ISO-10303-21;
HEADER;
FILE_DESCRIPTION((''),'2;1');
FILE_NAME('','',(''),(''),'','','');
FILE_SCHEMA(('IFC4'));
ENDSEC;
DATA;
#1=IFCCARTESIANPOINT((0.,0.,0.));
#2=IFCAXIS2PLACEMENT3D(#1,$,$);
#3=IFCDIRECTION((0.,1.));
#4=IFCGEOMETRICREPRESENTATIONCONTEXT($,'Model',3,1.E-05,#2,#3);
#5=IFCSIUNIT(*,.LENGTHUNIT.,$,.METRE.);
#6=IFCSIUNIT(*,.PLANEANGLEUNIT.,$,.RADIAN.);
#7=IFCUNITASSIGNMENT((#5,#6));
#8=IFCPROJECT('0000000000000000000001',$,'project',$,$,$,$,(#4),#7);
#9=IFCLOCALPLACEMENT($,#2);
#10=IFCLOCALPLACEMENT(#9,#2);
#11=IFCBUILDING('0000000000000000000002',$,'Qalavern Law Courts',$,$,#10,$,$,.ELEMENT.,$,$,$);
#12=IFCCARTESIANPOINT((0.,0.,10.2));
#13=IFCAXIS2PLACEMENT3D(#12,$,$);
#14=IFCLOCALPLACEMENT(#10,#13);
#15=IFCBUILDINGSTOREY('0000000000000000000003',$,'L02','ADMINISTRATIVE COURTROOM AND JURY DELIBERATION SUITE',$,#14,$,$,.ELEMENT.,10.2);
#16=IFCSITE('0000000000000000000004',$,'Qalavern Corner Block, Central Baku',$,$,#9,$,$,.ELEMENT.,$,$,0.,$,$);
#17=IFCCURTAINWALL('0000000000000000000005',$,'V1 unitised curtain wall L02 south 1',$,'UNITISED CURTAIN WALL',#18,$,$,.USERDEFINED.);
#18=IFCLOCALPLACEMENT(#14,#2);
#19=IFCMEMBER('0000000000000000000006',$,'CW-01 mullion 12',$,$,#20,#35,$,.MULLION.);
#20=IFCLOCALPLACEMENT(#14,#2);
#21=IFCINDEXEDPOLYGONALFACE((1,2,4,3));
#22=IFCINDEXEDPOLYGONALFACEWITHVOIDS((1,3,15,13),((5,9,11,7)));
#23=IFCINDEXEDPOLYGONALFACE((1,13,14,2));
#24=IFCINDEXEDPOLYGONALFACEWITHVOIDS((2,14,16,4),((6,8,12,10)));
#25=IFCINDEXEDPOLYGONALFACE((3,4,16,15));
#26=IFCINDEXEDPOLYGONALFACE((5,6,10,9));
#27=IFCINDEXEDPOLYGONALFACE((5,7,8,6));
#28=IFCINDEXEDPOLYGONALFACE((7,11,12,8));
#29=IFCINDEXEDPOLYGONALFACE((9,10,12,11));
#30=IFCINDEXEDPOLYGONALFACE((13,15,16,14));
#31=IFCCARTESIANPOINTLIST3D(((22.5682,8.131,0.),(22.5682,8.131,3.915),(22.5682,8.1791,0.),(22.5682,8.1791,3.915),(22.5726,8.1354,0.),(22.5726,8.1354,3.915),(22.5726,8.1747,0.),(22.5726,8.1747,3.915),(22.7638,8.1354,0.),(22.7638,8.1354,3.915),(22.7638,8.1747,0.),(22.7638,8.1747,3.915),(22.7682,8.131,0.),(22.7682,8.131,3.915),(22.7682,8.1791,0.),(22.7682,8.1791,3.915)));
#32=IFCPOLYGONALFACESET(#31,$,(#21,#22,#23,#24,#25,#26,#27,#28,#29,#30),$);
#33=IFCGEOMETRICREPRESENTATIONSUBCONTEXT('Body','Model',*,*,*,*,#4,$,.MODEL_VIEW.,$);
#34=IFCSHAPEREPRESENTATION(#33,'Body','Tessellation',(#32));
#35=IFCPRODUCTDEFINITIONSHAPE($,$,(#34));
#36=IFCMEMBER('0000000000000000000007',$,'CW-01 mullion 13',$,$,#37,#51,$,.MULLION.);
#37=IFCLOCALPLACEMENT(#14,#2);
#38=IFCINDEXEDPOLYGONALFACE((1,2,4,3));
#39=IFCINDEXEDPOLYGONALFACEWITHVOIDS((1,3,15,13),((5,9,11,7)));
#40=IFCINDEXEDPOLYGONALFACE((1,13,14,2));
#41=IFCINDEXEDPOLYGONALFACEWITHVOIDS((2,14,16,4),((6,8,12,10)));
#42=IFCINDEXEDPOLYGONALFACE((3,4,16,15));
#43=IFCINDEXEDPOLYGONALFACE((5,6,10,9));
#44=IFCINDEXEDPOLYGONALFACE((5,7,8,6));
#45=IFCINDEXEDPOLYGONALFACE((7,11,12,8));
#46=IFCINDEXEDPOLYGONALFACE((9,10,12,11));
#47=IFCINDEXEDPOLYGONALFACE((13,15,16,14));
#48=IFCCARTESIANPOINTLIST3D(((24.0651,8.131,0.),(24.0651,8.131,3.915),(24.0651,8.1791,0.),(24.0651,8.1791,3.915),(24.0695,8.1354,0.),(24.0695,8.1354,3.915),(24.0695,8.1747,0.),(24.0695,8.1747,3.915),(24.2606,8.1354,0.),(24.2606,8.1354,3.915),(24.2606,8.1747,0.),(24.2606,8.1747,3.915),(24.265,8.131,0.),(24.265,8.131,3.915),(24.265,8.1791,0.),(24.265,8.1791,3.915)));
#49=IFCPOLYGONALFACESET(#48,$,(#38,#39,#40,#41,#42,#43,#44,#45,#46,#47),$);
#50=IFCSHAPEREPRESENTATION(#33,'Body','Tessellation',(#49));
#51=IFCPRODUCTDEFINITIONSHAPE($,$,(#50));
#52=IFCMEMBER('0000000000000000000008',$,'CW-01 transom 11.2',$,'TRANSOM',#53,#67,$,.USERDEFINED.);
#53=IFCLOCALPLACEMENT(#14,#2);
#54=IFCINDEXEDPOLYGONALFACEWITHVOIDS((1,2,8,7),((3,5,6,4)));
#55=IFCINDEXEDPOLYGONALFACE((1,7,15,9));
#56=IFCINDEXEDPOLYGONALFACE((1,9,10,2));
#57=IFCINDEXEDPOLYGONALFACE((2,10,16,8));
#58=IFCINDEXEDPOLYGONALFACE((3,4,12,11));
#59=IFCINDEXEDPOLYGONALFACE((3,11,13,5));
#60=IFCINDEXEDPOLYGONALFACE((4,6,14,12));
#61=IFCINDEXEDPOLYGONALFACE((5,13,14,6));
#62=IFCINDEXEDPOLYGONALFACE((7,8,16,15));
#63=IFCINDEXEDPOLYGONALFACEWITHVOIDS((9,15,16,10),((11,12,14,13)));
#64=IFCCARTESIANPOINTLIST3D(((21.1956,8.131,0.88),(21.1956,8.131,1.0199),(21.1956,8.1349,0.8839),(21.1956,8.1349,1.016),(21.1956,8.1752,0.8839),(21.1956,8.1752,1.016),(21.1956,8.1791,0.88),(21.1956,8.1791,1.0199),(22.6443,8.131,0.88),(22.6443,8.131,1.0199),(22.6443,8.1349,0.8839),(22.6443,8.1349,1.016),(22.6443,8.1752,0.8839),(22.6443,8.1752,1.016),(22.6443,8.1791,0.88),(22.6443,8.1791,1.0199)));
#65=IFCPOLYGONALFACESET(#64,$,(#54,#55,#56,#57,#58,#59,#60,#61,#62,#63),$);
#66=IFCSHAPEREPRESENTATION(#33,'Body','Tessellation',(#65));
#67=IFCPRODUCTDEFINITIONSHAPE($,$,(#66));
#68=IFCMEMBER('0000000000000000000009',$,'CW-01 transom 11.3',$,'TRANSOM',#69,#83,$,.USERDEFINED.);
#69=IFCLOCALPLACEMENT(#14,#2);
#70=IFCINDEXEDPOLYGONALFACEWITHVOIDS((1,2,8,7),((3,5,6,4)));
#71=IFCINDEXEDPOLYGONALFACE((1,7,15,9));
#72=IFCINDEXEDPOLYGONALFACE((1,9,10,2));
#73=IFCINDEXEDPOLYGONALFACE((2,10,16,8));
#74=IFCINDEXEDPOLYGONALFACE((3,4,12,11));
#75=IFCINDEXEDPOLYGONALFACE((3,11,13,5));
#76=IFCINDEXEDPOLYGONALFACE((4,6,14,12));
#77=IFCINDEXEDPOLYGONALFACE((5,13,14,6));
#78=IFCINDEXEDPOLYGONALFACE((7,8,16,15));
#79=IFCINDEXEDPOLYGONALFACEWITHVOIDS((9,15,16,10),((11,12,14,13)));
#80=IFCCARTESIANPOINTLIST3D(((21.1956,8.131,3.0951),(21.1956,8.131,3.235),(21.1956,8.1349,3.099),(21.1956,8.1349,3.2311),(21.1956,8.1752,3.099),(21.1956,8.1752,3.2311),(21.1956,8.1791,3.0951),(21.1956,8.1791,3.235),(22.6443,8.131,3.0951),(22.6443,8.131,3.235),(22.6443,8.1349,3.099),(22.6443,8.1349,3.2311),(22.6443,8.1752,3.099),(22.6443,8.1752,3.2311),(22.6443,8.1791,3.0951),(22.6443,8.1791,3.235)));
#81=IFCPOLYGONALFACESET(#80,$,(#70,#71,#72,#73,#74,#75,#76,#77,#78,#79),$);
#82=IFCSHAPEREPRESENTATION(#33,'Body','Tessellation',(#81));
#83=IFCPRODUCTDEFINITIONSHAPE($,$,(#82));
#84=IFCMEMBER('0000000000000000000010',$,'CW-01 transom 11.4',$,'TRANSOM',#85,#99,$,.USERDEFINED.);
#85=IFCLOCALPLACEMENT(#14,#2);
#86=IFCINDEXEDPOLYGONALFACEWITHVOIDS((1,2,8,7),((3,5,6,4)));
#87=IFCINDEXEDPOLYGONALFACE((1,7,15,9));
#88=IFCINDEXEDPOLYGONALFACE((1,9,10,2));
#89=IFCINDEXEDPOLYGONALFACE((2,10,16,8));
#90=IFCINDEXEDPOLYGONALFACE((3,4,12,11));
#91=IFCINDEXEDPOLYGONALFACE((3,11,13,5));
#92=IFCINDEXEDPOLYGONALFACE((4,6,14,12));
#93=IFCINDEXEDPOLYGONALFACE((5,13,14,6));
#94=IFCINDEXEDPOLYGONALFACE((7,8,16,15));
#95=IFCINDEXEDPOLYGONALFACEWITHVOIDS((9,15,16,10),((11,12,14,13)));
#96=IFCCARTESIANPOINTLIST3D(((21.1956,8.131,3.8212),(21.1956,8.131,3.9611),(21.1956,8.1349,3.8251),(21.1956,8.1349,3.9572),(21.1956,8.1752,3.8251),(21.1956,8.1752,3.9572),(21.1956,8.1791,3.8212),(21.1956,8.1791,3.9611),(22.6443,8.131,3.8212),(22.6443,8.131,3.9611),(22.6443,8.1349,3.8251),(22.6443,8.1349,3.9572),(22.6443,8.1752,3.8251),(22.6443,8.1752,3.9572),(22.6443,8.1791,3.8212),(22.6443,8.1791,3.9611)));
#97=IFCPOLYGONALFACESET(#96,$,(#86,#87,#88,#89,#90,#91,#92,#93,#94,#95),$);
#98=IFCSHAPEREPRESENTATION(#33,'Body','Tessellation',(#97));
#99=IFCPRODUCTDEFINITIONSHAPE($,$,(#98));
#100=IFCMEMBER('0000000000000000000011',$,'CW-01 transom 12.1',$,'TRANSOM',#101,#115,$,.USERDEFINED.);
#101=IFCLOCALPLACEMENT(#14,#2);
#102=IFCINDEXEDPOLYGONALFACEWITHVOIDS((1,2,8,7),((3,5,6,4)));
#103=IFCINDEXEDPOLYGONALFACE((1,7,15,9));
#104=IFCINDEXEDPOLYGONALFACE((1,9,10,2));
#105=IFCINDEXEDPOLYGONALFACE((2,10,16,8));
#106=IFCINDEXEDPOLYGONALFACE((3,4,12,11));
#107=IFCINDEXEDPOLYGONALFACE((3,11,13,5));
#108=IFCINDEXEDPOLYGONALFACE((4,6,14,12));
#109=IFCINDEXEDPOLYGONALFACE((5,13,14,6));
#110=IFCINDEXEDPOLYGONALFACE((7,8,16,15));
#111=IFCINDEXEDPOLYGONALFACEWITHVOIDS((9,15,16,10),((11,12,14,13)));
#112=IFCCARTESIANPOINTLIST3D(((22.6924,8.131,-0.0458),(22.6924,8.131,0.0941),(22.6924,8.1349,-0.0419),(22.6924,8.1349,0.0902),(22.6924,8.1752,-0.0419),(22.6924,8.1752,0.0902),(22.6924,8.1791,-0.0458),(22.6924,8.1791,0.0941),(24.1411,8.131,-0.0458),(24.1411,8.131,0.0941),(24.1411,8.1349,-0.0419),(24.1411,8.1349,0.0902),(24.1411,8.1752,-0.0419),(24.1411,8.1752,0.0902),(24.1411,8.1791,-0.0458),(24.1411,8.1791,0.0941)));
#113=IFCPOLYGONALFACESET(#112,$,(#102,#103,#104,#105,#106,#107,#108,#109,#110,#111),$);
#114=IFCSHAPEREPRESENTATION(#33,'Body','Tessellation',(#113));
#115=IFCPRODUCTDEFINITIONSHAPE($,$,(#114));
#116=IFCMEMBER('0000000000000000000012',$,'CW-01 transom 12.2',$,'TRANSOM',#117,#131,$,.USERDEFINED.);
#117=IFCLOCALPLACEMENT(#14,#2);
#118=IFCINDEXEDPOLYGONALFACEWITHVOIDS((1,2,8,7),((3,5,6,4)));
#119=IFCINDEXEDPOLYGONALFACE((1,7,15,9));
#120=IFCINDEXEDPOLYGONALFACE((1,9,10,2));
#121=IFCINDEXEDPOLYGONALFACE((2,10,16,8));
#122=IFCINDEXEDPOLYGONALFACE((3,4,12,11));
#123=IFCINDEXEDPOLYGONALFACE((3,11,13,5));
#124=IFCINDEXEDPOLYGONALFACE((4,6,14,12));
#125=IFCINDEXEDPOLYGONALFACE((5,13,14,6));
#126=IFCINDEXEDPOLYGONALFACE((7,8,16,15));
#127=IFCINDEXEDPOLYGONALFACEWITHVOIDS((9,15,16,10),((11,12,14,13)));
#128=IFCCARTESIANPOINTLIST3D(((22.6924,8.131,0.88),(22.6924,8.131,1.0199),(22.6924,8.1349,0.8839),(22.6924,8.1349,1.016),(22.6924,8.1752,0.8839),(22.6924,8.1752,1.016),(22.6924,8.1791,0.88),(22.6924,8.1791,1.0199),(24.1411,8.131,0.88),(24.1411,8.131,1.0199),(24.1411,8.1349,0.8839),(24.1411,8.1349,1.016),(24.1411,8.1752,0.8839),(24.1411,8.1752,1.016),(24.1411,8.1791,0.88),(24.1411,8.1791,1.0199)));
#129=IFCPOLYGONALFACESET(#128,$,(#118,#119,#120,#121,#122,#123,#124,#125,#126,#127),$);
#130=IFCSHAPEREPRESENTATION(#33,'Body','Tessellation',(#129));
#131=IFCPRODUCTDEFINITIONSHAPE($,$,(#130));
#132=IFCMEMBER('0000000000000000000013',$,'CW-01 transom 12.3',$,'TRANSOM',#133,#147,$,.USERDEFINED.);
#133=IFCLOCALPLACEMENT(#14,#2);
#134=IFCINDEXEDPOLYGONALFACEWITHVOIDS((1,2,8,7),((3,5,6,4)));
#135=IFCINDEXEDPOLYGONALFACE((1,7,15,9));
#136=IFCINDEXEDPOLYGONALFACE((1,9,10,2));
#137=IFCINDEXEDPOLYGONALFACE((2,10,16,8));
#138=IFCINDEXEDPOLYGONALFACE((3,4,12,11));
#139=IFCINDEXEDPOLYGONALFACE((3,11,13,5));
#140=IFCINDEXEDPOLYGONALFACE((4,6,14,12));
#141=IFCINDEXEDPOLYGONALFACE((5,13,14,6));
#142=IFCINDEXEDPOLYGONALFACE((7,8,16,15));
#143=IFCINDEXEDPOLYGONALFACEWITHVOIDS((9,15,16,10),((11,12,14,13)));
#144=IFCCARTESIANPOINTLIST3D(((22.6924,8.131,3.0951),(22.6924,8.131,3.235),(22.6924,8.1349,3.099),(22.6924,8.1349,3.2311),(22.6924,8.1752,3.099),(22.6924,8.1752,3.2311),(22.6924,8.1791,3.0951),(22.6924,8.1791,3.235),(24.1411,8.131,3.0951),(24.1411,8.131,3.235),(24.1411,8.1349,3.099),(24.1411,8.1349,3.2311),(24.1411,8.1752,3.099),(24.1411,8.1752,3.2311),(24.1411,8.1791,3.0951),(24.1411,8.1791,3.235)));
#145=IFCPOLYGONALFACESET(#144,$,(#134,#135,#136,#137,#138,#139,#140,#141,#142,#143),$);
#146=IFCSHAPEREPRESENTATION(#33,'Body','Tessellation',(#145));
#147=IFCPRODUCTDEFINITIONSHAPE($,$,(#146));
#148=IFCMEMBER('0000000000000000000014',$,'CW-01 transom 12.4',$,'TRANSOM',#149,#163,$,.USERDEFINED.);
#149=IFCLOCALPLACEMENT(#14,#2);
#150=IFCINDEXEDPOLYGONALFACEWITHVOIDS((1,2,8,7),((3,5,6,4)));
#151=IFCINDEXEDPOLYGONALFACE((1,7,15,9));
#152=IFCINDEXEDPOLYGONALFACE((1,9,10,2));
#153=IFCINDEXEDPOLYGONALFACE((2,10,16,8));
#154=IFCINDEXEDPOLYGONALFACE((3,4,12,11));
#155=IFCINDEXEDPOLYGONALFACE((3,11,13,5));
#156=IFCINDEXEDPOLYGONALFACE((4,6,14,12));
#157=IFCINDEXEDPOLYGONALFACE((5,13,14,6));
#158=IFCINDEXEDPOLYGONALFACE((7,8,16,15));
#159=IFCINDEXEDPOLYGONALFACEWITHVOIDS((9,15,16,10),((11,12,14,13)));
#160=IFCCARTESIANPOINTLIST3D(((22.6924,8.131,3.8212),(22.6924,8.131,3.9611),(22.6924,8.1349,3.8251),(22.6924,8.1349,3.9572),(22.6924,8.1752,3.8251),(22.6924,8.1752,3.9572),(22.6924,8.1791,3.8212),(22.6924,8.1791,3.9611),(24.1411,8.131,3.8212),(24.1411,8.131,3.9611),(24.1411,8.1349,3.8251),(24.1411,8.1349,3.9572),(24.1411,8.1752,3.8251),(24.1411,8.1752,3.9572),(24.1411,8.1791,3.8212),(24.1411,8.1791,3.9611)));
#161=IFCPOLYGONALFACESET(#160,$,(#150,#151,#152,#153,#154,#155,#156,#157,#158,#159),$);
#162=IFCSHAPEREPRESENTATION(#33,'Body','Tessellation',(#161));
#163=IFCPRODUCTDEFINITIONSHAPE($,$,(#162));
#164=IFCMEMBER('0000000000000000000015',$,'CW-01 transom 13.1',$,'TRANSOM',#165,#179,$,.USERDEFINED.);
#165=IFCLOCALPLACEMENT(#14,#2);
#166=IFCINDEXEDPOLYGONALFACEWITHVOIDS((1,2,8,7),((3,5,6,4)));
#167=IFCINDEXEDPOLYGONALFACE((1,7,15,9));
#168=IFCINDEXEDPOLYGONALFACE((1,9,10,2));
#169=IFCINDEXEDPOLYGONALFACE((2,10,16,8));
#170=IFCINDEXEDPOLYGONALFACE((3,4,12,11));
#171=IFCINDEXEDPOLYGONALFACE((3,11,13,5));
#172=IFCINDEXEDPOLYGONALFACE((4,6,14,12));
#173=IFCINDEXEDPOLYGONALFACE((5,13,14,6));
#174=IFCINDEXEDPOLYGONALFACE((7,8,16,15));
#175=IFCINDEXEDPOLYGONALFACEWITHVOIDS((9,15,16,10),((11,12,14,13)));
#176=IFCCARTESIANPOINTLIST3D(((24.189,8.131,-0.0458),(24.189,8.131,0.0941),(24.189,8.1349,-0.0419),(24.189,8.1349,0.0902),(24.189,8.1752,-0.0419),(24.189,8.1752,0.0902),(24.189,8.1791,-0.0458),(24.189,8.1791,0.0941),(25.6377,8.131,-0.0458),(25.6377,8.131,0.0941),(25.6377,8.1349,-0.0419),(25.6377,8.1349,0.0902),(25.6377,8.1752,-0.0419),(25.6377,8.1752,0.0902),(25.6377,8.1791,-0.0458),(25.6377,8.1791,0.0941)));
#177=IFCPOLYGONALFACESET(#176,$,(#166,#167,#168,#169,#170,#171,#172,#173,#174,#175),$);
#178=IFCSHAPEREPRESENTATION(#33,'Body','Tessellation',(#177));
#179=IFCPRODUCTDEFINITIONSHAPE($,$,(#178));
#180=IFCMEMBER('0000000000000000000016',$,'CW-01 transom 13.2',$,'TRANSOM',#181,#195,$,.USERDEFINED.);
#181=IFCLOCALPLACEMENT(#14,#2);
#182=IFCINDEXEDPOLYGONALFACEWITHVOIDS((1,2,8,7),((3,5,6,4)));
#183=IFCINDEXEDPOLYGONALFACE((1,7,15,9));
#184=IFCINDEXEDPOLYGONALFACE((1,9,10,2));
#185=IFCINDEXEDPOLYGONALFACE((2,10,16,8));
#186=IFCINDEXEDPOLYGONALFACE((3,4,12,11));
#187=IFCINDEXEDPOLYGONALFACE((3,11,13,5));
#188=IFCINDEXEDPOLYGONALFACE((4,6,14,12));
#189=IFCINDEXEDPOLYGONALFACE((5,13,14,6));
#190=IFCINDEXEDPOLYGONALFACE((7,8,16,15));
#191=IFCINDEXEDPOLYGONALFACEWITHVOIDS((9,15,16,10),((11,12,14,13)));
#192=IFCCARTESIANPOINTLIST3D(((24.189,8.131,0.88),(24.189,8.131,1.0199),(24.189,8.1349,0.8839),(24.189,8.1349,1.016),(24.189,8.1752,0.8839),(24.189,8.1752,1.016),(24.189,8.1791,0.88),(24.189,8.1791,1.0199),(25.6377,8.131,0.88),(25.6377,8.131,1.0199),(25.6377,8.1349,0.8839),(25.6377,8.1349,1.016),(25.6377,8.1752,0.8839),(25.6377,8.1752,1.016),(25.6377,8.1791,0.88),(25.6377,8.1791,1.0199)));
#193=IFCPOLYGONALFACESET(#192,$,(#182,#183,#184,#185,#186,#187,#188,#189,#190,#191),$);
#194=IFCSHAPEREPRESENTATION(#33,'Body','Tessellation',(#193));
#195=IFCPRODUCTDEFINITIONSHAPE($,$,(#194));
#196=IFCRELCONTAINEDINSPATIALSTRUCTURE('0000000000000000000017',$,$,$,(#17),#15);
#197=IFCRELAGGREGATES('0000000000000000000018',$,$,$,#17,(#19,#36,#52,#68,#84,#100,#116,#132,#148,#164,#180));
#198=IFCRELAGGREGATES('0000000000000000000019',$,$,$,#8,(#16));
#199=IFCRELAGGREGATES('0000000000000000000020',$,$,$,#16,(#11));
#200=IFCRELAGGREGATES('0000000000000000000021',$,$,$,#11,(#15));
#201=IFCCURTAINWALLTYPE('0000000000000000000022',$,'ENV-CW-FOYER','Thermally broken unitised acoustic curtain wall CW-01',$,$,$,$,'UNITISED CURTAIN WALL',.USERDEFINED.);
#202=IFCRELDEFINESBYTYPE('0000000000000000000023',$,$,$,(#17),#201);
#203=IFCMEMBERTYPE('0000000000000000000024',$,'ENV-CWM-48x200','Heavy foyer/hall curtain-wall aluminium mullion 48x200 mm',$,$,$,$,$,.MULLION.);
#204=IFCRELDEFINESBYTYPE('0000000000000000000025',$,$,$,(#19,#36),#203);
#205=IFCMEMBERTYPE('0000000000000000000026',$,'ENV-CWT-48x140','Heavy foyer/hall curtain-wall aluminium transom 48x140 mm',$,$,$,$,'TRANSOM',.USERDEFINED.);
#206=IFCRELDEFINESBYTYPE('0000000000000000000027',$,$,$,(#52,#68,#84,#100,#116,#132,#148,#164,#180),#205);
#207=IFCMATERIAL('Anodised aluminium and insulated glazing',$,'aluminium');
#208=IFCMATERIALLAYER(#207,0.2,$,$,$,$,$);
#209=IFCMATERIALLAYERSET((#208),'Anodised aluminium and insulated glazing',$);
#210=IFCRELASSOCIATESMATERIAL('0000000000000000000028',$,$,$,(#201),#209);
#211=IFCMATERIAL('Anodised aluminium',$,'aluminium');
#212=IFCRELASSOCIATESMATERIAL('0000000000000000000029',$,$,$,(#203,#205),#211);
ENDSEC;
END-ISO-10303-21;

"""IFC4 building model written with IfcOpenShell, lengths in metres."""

from ifc_helpers import new_model, si_unit, direction, frame, origin, origin_2d, place, context, subcontext, project, spatial, hollow_rectangle, extrude, material, layer, layer_set, material_profile, profile_set, type_object, element, aggregate, save


model = new_model("IFC4")

# Units and contexts
model_context = context("Model", 3, precision=1e-05, world=origin(), true_north=direction((0.0, 1.0)))
body_context = subcontext(model_context, "Body", "Model", "MODEL_VIEW")
ifc_project = project(units=[si_unit("LENGTHUNIT", "METRE"), si_unit("PLANEANGLEUNIT", "RADIAN")], contexts=[model_context])

# Site, building, storey
site_placement = place(None, origin())
site = spatial("IfcSite", under=ifc_project, at=site_placement, Name="Qalavern Corner Block, Central Baku", CompositionType="ELEMENT", RefElevation=0.0)
building_placement = place(site_placement, origin())
building = spatial("IfcBuilding", under=site, at=building_placement, Name="Qalavern Law Courts", CompositionType="ELEMENT")
storey_placement = place(building_placement, frame((0.0, 0.0, 10.2)))
storey = spatial("IfcBuildingStorey", under=building, at=storey_placement, Name="L02", Description="ADMINISTRATIVE COURTROOM AND JURY DELIBERATION SUITE", CompositionType="ELEMENT", Elevation=10.2)

# Curtain wall, members
ifc_material_1 = material(Name="Anodised aluminium and insulated glazing", Category="aluminium")
ifc_layer_1 = layer(ifc_material_1, 0.2)
ifc_layer_set_1 = layer_set([ifc_layer_1], Name="Anodised aluminium and insulated glazing")
curtain_wall_type = type_object("IfcCurtainWallType", Name="ENV-CW-FOYER", Description="Thermally broken unitised acoustic curtain wall CW-01", ElementType="UNITISED CURTAIN WALL", PredefinedType="USERDEFINED", material=ifc_layer_set_1)
curtain_wall_placement = place(storey_placement, origin())
curtain_wall = element("IfcCurtainWall", 1, at=curtain_wall_placement, inside=storey, type_object=curtain_wall_type, Name="V1 unitised curtain wall L02 south 1", ObjectType="UNITISED CURTAIN WALL", PredefinedType="USERDEFINED")
ifc_material_2 = material(Name="Anodised aluminium", Category="aluminium")
ifc_material_profile_1 = material_profile(ifc_material_2, hollow_rectangle(XDim=0.0481, YDim=0.2, WallThickness=0.0044, at=origin_2d()), Name="ALU MULLION 48x200")
ifc_profile_set_1 = profile_set([ifc_material_profile_1], Name="Anodised aluminium")
member_type_1 = type_object("IfcMemberType", Name="ENV-CWM-48x200", Description="Heavy foyer/hall curtain-wall aluminium mullion 48x200 mm", PredefinedType="MULLION", material=ifc_profile_set_1)
member_1_placement = place(storey_placement, frame((22.6682, 8.155, 0.0), z_axis=(0.0, 0.0, 1.0), x_axis=(0.0, 1.0, 0.0)))
member_1 = element("IfcMember", 2, at=member_1_placement, type_object=member_type_1, Name="CW-01 mullion 12", PredefinedType="MULLION", context=body_context, shape_type="SweptSolid", body=[
    extrude(hollow_rectangle(XDim=0.0481, YDim=0.2, WallThickness=0.0044, at=origin_2d()), origin(), (0.0, 0.0, 1.0), 3.915),
])
member_2_placement = place(storey_placement, frame((24.165, 8.155, 0.0), z_axis=(0.0, 0.0, 1.0), x_axis=(0.0, 1.0, 0.0)))
member_2 = element("IfcMember", 3, at=member_2_placement, type_object=member_type_1, Name="CW-01 mullion 13", PredefinedType="MULLION", context=body_context, shape_type="SweptSolid", body=[
    extrude(hollow_rectangle(XDim=0.0481, YDim=0.2, WallThickness=0.0044, at=origin_2d()), origin(), (0.0, 0.0, 1.0), 3.915),
])
ifc_material_profile_2 = material_profile(ifc_material_2, hollow_rectangle(XDim=0.0481, YDim=0.1399, WallThickness=0.0039, at=origin_2d()), Name="ALU TRANSOM 48x140")
ifc_profile_set_2 = profile_set([ifc_material_profile_2], Name="Anodised aluminium")
member_type_2 = type_object("IfcMemberType", Name="ENV-CWT-48x140", Description="Heavy foyer/hall curtain-wall aluminium transom 48x140 mm", ElementType="TRANSOM", PredefinedType="USERDEFINED", material=ifc_profile_set_2)
member_3_placement = place(storey_placement, frame((21.1956, 8.155, 0.95), z_axis=(1.0, 0.0, 0.0), x_axis=(0.0, 1.0, 0.0)))
member_3 = element("IfcMember", 4, at=member_3_placement, type_object=member_type_2, Name="CW-01 transom 11.2", ObjectType="TRANSOM", PredefinedType="USERDEFINED", context=body_context, shape_type="SweptSolid", body=[
    extrude(hollow_rectangle(XDim=0.0481, YDim=0.1399, WallThickness=0.0039, at=origin_2d()), origin(), (0.0, 0.0, 1.0), 1.4487),
])
member_4_placement = place(storey_placement, frame((21.1956, 8.155, 3.165), z_axis=(1.0, 0.0, 0.0), x_axis=(0.0, 1.0, 0.0)))
member_4 = element("IfcMember", 5, at=member_4_placement, type_object=member_type_2, Name="CW-01 transom 11.3", ObjectType="TRANSOM", PredefinedType="USERDEFINED", context=body_context, shape_type="SweptSolid", body=[
    extrude(hollow_rectangle(XDim=0.0481, YDim=0.1399, WallThickness=0.0039, at=origin_2d()), origin(), (0.0, 0.0, 1.0), 1.4487),
])
member_5_placement = place(storey_placement, frame((21.1956, 8.155, 3.8911), z_axis=(1.0, 0.0, 0.0), x_axis=(0.0, 1.0, 0.0)))
member_5 = element("IfcMember", 6, at=member_5_placement, type_object=member_type_2, Name="CW-01 transom 11.4", ObjectType="TRANSOM", PredefinedType="USERDEFINED", context=body_context, shape_type="SweptSolid", body=[
    extrude(hollow_rectangle(XDim=0.0481, YDim=0.1399, WallThickness=0.0039, at=origin_2d()), origin(), (0.0, 0.0, 1.0), 1.4487),
])
member_6_placement = place(storey_placement, frame((22.6924, 8.155, 0.0242), z_axis=(1.0, 0.0, 0.0), x_axis=(0.0, 1.0, 0.0)))
member_6 = element("IfcMember", 7, at=member_6_placement, type_object=member_type_2, Name="CW-01 transom 12.1", ObjectType="TRANSOM", PredefinedType="USERDEFINED", context=body_context, shape_type="SweptSolid", body=[
    extrude(hollow_rectangle(XDim=0.0481, YDim=0.1399, WallThickness=0.0039, at=origin_2d()), origin(), (0.0, 0.0, 1.0), 1.4487),
])
member_7_placement = place(storey_placement, frame((22.6924, 8.155, 0.95), z_axis=(1.0, 0.0, 0.0), x_axis=(0.0, 1.0, 0.0)))
member_7 = element("IfcMember", 8, at=member_7_placement, type_object=member_type_2, Name="CW-01 transom 12.2", ObjectType="TRANSOM", PredefinedType="USERDEFINED", context=body_context, shape_type="SweptSolid", body=[
    extrude(hollow_rectangle(XDim=0.0481, YDim=0.1399, WallThickness=0.0039, at=origin_2d()), origin(), (0.0, 0.0, 1.0), 1.4487),
])
member_8_placement = place(storey_placement, frame((22.6924, 8.155, 3.165), z_axis=(1.0, 0.0, 0.0), x_axis=(0.0, 1.0, 0.0)))
member_8 = element("IfcMember", 9, at=member_8_placement, type_object=member_type_2, Name="CW-01 transom 12.3", ObjectType="TRANSOM", PredefinedType="USERDEFINED", context=body_context, shape_type="SweptSolid", body=[
    extrude(hollow_rectangle(XDim=0.0481, YDim=0.1399, WallThickness=0.0039, at=origin_2d()), origin(), (0.0, 0.0, 1.0), 1.4487),
])
member_9_placement = place(storey_placement, frame((22.6924, 8.155, 3.8911), z_axis=(1.0, 0.0, 0.0), x_axis=(0.0, 1.0, 0.0)))
member_9 = element("IfcMember", 10, at=member_9_placement, type_object=member_type_2, Name="CW-01 transom 12.4", ObjectType="TRANSOM", PredefinedType="USERDEFINED", context=body_context, shape_type="SweptSolid", body=[
    extrude(hollow_rectangle(XDim=0.0481, YDim=0.1399, WallThickness=0.0039, at=origin_2d()), origin(), (0.0, 0.0, 1.0), 1.4487),
])
member_10_placement = place(storey_placement, frame((24.189, 8.155, 0.0242), z_axis=(1.0, 0.0, 0.0), x_axis=(0.0, 1.0, 0.0)))
member_10 = element("IfcMember", 11, at=member_10_placement, type_object=member_type_2, Name="CW-01 transom 13.1", ObjectType="TRANSOM", PredefinedType="USERDEFINED", context=body_context, shape_type="SweptSolid", body=[
    extrude(hollow_rectangle(XDim=0.0481, YDim=0.1399, WallThickness=0.0039, at=origin_2d()), origin(), (0.0, 0.0, 1.0), 1.4487),
])
member_11_placement = place(storey_placement, frame((24.189, 8.155, 0.95), z_axis=(1.0, 0.0, 0.0), x_axis=(0.0, 1.0, 0.0)))
member_11 = element("IfcMember", 12, at=member_11_placement, type_object=member_type_2, Name="CW-01 transom 13.2", ObjectType="TRANSOM", PredefinedType="USERDEFINED", context=body_context, shape_type="SweptSolid", body=[
    extrude(hollow_rectangle(XDim=0.0481, YDim=0.1399, WallThickness=0.0039, at=origin_2d()), origin(), (0.0, 0.0, 1.0), 1.4487),
])

aggregate(curtain_wall, [member_1, member_2, member_3, member_4, member_5, member_6, member_7, member_8, member_9, member_10, member_11])

save(model, "model.ifc")
